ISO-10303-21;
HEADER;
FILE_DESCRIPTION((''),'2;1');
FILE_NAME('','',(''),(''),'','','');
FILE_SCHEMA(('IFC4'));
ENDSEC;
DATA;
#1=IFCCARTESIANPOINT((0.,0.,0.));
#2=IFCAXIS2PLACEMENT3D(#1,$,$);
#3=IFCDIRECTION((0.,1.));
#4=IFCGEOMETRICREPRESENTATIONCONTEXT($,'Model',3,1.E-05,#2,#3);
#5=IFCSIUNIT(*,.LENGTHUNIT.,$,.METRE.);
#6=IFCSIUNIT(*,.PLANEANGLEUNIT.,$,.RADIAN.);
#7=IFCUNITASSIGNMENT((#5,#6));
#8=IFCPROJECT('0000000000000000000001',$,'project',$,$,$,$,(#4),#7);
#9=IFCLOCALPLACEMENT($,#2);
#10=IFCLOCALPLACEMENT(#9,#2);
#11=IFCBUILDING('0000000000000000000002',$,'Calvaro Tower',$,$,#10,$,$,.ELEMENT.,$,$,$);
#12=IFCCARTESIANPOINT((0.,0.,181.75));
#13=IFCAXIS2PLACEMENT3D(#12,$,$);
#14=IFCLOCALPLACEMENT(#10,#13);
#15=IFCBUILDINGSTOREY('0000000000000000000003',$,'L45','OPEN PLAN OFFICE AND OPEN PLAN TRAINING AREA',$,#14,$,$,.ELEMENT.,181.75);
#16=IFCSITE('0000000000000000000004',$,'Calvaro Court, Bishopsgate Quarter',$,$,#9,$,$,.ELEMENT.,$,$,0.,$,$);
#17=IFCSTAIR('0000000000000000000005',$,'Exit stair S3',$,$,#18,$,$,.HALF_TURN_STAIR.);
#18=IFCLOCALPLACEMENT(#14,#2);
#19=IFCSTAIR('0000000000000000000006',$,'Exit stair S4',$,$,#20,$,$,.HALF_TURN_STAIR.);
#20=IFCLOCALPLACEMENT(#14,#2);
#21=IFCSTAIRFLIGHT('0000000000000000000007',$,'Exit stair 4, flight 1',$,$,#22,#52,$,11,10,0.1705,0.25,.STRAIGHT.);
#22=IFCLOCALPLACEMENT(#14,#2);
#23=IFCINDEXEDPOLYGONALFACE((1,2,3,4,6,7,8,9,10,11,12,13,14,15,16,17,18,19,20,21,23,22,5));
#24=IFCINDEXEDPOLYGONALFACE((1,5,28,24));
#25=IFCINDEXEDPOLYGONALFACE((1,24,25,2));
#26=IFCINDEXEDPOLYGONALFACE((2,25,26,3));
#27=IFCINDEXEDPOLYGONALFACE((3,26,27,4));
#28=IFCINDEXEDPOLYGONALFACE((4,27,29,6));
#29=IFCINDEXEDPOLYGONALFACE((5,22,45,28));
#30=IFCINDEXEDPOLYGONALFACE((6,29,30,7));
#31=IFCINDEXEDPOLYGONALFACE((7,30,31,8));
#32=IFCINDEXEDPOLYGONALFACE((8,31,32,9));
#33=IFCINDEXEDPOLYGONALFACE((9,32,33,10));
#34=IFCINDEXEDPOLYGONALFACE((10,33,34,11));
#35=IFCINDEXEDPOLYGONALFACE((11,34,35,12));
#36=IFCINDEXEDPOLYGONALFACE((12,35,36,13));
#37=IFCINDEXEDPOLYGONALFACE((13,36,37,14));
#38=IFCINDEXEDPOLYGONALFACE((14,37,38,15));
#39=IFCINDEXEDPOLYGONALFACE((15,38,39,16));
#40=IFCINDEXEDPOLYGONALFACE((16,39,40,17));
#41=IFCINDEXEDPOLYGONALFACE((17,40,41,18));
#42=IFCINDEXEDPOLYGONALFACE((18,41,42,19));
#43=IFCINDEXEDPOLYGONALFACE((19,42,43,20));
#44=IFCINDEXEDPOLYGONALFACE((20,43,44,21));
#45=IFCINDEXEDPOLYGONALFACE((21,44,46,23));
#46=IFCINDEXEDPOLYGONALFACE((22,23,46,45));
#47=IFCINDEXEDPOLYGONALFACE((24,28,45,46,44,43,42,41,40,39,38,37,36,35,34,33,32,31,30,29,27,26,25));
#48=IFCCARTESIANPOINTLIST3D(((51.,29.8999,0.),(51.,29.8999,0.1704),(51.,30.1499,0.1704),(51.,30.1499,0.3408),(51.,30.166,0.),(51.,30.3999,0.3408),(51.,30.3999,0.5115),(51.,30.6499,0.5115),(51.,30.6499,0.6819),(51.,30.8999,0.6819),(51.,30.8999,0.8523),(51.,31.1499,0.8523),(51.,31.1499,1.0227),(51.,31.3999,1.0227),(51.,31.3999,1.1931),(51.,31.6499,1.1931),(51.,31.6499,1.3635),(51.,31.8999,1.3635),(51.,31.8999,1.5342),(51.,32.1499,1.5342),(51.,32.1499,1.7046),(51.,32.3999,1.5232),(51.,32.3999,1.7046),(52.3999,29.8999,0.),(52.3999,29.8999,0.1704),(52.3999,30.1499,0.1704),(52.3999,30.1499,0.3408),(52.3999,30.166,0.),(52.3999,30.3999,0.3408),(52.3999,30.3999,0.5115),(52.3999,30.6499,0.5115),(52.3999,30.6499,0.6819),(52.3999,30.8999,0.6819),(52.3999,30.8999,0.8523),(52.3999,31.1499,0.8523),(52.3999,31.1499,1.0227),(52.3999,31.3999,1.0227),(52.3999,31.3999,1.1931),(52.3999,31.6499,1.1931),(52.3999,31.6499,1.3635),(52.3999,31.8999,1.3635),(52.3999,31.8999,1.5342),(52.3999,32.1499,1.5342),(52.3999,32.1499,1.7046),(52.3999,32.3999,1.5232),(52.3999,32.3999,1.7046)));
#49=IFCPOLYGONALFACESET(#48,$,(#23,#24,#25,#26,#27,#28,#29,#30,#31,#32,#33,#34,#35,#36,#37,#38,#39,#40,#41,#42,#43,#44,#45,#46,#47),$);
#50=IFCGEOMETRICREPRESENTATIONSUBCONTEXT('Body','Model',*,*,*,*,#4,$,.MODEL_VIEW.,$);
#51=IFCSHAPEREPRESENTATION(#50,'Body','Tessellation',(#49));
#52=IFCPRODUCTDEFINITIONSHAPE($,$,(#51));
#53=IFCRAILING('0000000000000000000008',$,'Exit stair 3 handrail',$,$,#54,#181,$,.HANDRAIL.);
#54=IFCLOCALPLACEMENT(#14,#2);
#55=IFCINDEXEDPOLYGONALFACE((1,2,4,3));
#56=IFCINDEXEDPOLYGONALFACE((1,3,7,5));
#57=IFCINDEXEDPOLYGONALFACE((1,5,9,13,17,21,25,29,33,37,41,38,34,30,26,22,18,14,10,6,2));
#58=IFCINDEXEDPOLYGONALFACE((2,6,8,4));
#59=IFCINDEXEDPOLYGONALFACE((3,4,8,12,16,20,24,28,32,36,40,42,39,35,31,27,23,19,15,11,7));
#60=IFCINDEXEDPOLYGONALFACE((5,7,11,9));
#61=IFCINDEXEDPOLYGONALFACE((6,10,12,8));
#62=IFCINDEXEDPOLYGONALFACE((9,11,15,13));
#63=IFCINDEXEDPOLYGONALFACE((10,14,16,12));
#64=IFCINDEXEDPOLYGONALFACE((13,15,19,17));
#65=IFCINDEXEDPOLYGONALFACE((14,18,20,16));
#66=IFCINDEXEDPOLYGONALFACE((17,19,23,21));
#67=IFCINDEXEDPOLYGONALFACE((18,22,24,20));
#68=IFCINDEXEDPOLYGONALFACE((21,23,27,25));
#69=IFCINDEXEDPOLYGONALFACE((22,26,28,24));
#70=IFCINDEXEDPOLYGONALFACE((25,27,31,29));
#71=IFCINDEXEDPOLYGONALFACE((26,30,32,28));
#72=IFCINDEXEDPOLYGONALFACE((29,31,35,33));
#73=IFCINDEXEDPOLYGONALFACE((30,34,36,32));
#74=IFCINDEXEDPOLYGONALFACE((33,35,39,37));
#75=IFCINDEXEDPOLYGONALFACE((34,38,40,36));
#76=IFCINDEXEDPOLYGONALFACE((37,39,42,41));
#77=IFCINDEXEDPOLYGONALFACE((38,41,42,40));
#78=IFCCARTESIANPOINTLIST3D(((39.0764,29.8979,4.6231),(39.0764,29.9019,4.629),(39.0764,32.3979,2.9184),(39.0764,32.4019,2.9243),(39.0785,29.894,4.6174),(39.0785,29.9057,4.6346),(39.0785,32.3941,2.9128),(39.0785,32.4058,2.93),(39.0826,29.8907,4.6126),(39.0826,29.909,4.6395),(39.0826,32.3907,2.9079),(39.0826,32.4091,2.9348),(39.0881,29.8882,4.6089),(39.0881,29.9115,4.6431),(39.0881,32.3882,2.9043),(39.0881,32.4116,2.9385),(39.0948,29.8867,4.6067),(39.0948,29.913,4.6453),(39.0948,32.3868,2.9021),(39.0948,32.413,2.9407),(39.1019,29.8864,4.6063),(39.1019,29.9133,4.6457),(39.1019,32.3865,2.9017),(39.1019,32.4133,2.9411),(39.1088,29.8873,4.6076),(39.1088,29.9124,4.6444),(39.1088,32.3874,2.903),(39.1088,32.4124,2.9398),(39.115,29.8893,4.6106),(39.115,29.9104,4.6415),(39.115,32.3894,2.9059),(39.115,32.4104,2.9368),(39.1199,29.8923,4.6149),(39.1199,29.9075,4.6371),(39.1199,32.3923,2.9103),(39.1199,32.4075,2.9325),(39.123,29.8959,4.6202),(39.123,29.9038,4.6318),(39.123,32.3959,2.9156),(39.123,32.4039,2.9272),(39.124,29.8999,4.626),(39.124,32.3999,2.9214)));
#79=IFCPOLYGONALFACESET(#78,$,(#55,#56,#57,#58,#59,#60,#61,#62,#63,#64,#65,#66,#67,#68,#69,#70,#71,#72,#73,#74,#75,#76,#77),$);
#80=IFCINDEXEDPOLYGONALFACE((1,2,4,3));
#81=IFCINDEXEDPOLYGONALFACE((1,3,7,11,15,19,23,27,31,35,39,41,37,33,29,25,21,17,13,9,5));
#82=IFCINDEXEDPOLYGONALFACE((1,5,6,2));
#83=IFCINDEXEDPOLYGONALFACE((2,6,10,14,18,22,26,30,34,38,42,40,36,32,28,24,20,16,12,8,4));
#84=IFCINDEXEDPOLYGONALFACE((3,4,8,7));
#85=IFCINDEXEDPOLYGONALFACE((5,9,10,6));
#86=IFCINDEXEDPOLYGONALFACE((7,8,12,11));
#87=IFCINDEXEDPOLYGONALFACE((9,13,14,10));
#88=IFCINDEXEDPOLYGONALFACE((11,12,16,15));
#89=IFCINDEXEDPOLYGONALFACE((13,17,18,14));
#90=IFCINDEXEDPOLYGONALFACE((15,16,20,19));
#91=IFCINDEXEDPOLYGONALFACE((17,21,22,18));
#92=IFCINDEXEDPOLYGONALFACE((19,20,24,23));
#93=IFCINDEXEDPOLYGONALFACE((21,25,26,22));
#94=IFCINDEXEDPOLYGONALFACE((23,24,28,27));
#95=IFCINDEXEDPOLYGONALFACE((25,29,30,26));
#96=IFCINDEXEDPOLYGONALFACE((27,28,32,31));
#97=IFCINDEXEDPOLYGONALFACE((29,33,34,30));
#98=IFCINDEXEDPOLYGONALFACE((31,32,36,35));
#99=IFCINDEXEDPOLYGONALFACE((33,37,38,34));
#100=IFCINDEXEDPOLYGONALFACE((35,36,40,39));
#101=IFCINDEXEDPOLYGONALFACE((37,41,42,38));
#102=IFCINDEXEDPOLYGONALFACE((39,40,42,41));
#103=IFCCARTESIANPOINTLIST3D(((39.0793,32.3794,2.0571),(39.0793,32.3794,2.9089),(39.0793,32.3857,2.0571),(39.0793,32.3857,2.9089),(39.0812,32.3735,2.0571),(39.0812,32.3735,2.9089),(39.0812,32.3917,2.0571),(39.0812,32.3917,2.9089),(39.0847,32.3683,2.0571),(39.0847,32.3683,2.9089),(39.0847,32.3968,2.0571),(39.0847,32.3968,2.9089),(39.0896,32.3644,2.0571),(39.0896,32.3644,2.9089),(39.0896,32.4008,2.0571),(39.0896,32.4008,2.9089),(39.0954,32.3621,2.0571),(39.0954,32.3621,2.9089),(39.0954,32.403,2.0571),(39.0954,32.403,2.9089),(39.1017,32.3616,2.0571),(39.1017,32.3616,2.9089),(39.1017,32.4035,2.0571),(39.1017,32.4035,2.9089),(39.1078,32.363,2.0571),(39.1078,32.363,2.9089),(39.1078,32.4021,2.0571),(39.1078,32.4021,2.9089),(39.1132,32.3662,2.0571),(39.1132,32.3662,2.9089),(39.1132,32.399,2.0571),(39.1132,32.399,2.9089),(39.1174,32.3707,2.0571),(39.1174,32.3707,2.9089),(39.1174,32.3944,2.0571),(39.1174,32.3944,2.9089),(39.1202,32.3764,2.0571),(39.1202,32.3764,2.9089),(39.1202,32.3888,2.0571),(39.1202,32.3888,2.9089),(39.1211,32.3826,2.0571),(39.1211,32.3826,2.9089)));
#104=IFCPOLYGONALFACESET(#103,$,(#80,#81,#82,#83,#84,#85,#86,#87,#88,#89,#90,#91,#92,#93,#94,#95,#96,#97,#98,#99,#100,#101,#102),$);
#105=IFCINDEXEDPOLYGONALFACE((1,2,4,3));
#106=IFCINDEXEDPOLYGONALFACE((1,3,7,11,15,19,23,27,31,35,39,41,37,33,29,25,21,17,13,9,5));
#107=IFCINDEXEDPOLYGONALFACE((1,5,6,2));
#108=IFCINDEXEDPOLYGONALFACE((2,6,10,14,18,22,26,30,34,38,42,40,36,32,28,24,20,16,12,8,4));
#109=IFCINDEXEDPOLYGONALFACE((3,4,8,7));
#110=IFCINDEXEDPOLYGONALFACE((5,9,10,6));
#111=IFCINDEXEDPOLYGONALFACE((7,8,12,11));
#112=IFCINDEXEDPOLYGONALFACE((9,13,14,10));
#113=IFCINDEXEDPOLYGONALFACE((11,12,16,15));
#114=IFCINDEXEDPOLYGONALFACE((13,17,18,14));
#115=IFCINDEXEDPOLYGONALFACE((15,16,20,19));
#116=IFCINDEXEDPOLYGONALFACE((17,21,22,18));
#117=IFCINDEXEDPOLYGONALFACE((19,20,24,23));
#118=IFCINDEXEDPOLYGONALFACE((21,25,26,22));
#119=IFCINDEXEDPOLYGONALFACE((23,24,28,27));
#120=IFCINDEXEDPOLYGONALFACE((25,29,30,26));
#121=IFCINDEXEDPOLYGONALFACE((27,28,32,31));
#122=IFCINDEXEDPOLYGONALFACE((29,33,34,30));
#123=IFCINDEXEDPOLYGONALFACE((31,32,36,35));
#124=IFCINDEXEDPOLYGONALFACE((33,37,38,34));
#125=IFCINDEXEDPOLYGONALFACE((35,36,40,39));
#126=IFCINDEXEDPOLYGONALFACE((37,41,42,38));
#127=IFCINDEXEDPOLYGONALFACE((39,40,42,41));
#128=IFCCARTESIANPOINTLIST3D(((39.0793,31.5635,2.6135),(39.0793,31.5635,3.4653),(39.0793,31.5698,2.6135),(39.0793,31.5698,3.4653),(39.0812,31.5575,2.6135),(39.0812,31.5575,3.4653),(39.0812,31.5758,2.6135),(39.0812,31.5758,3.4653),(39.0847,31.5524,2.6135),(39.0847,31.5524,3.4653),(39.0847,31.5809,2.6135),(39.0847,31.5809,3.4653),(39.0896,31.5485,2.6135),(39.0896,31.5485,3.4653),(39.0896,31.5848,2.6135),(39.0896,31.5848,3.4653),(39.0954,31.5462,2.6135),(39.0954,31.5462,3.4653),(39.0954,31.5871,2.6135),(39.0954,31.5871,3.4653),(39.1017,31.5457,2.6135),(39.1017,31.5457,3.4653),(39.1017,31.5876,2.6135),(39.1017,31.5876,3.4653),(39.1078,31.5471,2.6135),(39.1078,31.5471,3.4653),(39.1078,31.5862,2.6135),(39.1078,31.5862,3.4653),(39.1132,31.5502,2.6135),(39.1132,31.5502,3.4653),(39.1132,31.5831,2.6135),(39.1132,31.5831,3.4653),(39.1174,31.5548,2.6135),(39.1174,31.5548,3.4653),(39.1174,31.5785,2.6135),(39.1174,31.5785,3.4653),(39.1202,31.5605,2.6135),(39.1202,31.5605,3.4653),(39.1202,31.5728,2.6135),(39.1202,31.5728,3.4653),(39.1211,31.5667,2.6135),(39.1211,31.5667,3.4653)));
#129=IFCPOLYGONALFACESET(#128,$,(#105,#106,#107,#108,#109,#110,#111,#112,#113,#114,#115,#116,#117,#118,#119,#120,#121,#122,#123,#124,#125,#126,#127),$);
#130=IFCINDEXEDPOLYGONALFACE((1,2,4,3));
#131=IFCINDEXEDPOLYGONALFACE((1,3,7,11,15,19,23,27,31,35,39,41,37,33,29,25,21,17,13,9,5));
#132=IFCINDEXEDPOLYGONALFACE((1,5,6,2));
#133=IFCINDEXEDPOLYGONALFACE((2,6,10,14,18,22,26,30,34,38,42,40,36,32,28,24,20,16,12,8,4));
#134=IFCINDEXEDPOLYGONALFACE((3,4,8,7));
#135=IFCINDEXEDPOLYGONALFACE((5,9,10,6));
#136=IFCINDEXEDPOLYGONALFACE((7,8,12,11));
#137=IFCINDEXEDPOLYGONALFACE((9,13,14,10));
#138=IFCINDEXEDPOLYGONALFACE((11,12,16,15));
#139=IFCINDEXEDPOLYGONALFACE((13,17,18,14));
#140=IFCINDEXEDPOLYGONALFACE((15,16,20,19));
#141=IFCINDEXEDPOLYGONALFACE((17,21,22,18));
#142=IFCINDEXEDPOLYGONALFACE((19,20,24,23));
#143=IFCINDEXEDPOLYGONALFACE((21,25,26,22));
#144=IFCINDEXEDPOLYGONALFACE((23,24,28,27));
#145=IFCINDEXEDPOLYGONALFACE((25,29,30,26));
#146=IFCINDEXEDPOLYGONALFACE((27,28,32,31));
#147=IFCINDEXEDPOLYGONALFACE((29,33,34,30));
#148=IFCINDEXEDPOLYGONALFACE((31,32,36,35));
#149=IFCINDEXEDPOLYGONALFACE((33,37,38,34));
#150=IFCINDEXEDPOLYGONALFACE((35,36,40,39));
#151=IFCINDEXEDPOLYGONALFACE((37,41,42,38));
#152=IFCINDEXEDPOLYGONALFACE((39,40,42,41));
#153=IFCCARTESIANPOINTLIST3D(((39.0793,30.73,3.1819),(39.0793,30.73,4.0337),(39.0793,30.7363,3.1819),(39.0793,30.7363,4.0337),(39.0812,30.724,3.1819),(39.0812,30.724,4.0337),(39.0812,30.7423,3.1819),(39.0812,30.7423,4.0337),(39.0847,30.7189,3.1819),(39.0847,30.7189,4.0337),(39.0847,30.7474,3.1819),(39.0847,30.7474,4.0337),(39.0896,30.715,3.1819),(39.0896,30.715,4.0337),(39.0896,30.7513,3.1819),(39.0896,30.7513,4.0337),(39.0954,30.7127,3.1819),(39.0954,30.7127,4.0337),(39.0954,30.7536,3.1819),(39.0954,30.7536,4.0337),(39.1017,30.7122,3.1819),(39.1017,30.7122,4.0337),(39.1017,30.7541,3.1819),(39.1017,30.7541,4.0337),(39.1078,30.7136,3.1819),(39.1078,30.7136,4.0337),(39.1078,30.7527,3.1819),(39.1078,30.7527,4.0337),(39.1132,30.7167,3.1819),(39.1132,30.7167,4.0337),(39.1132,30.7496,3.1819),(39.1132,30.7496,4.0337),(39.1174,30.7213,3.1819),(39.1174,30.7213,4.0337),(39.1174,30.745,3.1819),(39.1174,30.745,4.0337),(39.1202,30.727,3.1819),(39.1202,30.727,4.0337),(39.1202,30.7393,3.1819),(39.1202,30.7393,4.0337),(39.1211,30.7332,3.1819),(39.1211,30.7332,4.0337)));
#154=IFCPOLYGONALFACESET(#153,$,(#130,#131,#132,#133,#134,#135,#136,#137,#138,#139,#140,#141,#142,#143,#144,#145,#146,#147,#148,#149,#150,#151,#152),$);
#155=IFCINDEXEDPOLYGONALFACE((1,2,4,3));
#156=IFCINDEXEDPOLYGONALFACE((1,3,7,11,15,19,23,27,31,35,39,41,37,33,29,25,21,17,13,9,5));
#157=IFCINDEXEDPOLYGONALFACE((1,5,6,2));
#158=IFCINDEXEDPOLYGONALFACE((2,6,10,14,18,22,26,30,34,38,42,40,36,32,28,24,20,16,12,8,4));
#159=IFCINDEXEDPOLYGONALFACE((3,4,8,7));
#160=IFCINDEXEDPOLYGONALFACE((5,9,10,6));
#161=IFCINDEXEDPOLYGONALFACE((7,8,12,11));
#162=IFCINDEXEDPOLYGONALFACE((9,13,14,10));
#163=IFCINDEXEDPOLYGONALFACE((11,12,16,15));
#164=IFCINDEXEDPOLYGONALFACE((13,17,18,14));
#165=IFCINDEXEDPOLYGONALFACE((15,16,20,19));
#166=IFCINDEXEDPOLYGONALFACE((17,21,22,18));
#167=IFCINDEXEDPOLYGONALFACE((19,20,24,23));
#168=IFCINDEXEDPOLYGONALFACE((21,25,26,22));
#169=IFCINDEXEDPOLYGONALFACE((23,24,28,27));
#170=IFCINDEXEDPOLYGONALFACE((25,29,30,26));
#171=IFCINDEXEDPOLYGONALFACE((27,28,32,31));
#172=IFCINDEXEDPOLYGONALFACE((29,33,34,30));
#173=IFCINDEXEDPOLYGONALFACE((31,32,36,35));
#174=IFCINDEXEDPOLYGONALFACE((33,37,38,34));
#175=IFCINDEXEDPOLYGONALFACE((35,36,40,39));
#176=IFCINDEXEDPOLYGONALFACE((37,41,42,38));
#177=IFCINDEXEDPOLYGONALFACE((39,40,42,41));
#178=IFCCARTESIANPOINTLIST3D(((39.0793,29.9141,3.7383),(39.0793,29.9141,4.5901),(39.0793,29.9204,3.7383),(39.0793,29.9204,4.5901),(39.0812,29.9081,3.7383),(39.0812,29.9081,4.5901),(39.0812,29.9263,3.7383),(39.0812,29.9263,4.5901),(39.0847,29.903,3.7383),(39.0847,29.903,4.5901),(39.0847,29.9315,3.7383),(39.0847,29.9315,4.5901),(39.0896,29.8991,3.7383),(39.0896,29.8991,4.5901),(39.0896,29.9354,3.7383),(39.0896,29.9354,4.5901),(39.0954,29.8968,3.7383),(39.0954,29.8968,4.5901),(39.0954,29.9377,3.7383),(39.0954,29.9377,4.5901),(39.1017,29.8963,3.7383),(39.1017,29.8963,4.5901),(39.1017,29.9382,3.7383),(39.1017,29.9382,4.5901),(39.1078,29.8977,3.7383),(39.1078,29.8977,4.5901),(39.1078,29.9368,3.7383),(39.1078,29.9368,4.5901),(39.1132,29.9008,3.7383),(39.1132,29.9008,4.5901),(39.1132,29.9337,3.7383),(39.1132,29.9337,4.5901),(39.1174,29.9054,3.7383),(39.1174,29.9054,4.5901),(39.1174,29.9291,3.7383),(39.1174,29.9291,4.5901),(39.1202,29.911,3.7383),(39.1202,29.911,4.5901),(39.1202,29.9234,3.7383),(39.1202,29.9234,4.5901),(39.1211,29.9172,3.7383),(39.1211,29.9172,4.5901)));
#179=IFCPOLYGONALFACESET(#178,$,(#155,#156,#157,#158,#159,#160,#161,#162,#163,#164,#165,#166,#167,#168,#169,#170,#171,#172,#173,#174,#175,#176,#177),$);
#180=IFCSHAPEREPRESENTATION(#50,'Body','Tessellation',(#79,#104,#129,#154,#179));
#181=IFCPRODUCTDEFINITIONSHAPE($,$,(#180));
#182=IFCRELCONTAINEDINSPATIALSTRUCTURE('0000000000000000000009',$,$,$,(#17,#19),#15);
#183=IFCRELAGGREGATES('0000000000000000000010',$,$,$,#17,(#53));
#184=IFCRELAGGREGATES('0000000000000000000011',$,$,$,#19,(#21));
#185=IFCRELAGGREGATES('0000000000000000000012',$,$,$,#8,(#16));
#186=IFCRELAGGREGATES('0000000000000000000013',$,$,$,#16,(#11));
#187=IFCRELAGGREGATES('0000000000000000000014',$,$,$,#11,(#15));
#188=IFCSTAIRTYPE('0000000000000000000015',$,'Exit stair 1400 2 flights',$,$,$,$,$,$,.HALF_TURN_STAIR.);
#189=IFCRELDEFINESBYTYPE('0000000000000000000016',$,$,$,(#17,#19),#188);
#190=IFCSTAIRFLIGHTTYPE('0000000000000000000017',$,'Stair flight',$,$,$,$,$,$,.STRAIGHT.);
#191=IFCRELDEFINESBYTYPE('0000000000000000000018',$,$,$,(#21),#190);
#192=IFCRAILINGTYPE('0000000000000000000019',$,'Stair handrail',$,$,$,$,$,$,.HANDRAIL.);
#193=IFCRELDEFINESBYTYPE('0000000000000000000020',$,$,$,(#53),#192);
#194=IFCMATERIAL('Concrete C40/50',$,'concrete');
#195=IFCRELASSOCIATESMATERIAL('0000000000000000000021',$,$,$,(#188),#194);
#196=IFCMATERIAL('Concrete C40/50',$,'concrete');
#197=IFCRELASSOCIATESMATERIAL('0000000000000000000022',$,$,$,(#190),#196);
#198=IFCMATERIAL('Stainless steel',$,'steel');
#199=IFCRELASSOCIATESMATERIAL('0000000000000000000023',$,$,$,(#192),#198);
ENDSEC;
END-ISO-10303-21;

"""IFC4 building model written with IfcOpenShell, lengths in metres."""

from ifc_helpers import new_model, si_unit, direction, frame, origin, origin_2d, place, context, subcontext, project, spatial, polyline, circle, outline, extrude, material, type_object, element, aggregate, save


model = new_model("IFC4")

# Units and contexts
model_context = context("Model", 3, precision=1e-05, world=origin(), true_north=direction((0.0, 1.0)))
body_context = subcontext(model_context, "Body", "Model", "MODEL_VIEW")
ifc_project = project(units=[si_unit("LENGTHUNIT", "METRE"), si_unit("PLANEANGLEUNIT", "RADIAN")], contexts=[model_context])

# Site, building, storey
site_placement = place(None, origin())
site = spatial("IfcSite", under=ifc_project, at=site_placement, Name="Calvaro Court, Bishopsgate Quarter", CompositionType="ELEMENT", RefElevation=0.0)
building_placement = place(site_placement, origin())
building = spatial("IfcBuilding", under=site, at=building_placement, Name="Calvaro Tower", CompositionType="ELEMENT")
storey_placement = place(building_placement, frame((0.0, 0.0, 181.75)))
storey = spatial("IfcBuildingStorey", under=building, at=storey_placement, Name="L45", Description="OPEN PLAN OFFICE AND OPEN PLAN TRAINING AREA", CompositionType="ELEMENT", Elevation=181.75)

# Stairs, stair flight
ifc_material_1 = material(Name="Concrete C40/50", Category="concrete")
stair_type = type_object("IfcStairType", Name="Exit stair 1400 2 flights", PredefinedType="HALF_TURN_STAIR", material=ifc_material_1)
stair_1_placement = place(storey_placement, origin())
stair_1 = element("IfcStair", 1, at=stair_1_placement, inside=storey, type_object=stair_type, Name="Exit stair S3", PredefinedType="HALF_TURN_STAIR")
ifc_material_2 = material(Name="Concrete C40/50", Category="concrete")
stair_flight_type = type_object("IfcStairFlightType", Name="Stair flight", PredefinedType="STRAIGHT", material=ifc_material_2)
stair_2_placement = place(storey_placement, origin())
stair_2 = element("IfcStair", 2, at=stair_2_placement, inside=storey, type_object=stair_type, Name="Exit stair S4", PredefinedType="HALF_TURN_STAIR")
stair_flight_1_placement = place(storey_placement, frame((51.7, 29.8999, 0.0), z_axis=(0.0, 0.0, 1.0), x_axis=(0.0, 1.0, 0.0)))
stair_flight_1 = element("IfcStairFlight", 3, at=stair_flight_1_placement, type_object=stair_flight_type, Name="Exit stair 4, flight 1", NumberOfRisers=11, NumberOfTreads=10, PredefinedType="STRAIGHT", RiserHeight=0.1705, TreadLength=0.25, context=body_context, shape_type="SweptSolid", body=[
    extrude(outline(polyline([(0.0, 0.0), (0.0, 0.1704), (0.25, 0.1704), (0.25, 0.3408), (0.5, 0.3408), (0.5, 0.5115), (0.75, 0.5115), (0.75, 0.6819), (1.0, 0.6819), (1.0, 0.8523), (1.25, 0.8523), (1.25, 1.0227), (1.5, 1.0227), (1.5, 1.1931), (1.75, 1.1931), (1.75, 1.3635), (2.0, 1.3635), (2.0, 1.5342), (2.25, 1.5342), (2.25, 1.7046), (2.5, 1.7046), (2.5, 1.875), (2.5, 1.5232), (0.2661, 0.0), (0.0, 0.0)])), frame((0.0, 0.7, 0.0), z_axis=(0.0, -1.0, 0.0), x_axis=(1.0, 0.0, 0.0)), (0.0, 0.0, 1.0), 1.3999),
])

# Railing
ifc_material_3 = material(Name="Stainless steel", Category="steel")
railing_type = type_object("IfcRailingType", Name="Stair handrail", PredefinedType="HANDRAIL", material=ifc_material_3)
railing_1_placement = place(storey_placement, frame((39.1001, 32.3999, 2.0454)))
railing_1 = element("IfcRailing", 4, at=railing_1_placement, type_object=railing_type, Name="Exit stair 3 handrail", PredefinedType="HANDRAIL", context=body_context, shape_type="SweptSolid", body=[
    extrude(circle(Radius=0.0239, at=origin_2d()), frame((0.0, 0.0, 0.876), z_axis=(0.0, -0.826221, 0.563347), x_axis=(1.0, 0.0, 0.0)), (0.0, 0.0, 1.0), 3.0259),
    extrude(circle(Radius=0.021, at=origin_2d()), frame((0.0, -0.0173, 0.0117)), (0.0, 0.0, 1.0), 0.8518),
    extrude(circle(Radius=0.021, at=origin_2d()), frame((0.0, -0.8333, 0.5681)), (0.0, 0.0, 1.0), 0.8518),
    extrude(circle(Radius=0.021, at=origin_2d()), frame((0.0, -1.6667, 1.1365)), (0.0, 0.0, 1.0), 0.8518),
    extrude(circle(Radius=0.021, at=origin_2d()), frame((0.0, -2.4827, 1.6929)), (0.0, 0.0, 1.0), 0.8518),
])
aggregate(stair_1, [railing_1])
aggregate(stair_2, [stair_flight_1])

save(model, "model.ifc")
